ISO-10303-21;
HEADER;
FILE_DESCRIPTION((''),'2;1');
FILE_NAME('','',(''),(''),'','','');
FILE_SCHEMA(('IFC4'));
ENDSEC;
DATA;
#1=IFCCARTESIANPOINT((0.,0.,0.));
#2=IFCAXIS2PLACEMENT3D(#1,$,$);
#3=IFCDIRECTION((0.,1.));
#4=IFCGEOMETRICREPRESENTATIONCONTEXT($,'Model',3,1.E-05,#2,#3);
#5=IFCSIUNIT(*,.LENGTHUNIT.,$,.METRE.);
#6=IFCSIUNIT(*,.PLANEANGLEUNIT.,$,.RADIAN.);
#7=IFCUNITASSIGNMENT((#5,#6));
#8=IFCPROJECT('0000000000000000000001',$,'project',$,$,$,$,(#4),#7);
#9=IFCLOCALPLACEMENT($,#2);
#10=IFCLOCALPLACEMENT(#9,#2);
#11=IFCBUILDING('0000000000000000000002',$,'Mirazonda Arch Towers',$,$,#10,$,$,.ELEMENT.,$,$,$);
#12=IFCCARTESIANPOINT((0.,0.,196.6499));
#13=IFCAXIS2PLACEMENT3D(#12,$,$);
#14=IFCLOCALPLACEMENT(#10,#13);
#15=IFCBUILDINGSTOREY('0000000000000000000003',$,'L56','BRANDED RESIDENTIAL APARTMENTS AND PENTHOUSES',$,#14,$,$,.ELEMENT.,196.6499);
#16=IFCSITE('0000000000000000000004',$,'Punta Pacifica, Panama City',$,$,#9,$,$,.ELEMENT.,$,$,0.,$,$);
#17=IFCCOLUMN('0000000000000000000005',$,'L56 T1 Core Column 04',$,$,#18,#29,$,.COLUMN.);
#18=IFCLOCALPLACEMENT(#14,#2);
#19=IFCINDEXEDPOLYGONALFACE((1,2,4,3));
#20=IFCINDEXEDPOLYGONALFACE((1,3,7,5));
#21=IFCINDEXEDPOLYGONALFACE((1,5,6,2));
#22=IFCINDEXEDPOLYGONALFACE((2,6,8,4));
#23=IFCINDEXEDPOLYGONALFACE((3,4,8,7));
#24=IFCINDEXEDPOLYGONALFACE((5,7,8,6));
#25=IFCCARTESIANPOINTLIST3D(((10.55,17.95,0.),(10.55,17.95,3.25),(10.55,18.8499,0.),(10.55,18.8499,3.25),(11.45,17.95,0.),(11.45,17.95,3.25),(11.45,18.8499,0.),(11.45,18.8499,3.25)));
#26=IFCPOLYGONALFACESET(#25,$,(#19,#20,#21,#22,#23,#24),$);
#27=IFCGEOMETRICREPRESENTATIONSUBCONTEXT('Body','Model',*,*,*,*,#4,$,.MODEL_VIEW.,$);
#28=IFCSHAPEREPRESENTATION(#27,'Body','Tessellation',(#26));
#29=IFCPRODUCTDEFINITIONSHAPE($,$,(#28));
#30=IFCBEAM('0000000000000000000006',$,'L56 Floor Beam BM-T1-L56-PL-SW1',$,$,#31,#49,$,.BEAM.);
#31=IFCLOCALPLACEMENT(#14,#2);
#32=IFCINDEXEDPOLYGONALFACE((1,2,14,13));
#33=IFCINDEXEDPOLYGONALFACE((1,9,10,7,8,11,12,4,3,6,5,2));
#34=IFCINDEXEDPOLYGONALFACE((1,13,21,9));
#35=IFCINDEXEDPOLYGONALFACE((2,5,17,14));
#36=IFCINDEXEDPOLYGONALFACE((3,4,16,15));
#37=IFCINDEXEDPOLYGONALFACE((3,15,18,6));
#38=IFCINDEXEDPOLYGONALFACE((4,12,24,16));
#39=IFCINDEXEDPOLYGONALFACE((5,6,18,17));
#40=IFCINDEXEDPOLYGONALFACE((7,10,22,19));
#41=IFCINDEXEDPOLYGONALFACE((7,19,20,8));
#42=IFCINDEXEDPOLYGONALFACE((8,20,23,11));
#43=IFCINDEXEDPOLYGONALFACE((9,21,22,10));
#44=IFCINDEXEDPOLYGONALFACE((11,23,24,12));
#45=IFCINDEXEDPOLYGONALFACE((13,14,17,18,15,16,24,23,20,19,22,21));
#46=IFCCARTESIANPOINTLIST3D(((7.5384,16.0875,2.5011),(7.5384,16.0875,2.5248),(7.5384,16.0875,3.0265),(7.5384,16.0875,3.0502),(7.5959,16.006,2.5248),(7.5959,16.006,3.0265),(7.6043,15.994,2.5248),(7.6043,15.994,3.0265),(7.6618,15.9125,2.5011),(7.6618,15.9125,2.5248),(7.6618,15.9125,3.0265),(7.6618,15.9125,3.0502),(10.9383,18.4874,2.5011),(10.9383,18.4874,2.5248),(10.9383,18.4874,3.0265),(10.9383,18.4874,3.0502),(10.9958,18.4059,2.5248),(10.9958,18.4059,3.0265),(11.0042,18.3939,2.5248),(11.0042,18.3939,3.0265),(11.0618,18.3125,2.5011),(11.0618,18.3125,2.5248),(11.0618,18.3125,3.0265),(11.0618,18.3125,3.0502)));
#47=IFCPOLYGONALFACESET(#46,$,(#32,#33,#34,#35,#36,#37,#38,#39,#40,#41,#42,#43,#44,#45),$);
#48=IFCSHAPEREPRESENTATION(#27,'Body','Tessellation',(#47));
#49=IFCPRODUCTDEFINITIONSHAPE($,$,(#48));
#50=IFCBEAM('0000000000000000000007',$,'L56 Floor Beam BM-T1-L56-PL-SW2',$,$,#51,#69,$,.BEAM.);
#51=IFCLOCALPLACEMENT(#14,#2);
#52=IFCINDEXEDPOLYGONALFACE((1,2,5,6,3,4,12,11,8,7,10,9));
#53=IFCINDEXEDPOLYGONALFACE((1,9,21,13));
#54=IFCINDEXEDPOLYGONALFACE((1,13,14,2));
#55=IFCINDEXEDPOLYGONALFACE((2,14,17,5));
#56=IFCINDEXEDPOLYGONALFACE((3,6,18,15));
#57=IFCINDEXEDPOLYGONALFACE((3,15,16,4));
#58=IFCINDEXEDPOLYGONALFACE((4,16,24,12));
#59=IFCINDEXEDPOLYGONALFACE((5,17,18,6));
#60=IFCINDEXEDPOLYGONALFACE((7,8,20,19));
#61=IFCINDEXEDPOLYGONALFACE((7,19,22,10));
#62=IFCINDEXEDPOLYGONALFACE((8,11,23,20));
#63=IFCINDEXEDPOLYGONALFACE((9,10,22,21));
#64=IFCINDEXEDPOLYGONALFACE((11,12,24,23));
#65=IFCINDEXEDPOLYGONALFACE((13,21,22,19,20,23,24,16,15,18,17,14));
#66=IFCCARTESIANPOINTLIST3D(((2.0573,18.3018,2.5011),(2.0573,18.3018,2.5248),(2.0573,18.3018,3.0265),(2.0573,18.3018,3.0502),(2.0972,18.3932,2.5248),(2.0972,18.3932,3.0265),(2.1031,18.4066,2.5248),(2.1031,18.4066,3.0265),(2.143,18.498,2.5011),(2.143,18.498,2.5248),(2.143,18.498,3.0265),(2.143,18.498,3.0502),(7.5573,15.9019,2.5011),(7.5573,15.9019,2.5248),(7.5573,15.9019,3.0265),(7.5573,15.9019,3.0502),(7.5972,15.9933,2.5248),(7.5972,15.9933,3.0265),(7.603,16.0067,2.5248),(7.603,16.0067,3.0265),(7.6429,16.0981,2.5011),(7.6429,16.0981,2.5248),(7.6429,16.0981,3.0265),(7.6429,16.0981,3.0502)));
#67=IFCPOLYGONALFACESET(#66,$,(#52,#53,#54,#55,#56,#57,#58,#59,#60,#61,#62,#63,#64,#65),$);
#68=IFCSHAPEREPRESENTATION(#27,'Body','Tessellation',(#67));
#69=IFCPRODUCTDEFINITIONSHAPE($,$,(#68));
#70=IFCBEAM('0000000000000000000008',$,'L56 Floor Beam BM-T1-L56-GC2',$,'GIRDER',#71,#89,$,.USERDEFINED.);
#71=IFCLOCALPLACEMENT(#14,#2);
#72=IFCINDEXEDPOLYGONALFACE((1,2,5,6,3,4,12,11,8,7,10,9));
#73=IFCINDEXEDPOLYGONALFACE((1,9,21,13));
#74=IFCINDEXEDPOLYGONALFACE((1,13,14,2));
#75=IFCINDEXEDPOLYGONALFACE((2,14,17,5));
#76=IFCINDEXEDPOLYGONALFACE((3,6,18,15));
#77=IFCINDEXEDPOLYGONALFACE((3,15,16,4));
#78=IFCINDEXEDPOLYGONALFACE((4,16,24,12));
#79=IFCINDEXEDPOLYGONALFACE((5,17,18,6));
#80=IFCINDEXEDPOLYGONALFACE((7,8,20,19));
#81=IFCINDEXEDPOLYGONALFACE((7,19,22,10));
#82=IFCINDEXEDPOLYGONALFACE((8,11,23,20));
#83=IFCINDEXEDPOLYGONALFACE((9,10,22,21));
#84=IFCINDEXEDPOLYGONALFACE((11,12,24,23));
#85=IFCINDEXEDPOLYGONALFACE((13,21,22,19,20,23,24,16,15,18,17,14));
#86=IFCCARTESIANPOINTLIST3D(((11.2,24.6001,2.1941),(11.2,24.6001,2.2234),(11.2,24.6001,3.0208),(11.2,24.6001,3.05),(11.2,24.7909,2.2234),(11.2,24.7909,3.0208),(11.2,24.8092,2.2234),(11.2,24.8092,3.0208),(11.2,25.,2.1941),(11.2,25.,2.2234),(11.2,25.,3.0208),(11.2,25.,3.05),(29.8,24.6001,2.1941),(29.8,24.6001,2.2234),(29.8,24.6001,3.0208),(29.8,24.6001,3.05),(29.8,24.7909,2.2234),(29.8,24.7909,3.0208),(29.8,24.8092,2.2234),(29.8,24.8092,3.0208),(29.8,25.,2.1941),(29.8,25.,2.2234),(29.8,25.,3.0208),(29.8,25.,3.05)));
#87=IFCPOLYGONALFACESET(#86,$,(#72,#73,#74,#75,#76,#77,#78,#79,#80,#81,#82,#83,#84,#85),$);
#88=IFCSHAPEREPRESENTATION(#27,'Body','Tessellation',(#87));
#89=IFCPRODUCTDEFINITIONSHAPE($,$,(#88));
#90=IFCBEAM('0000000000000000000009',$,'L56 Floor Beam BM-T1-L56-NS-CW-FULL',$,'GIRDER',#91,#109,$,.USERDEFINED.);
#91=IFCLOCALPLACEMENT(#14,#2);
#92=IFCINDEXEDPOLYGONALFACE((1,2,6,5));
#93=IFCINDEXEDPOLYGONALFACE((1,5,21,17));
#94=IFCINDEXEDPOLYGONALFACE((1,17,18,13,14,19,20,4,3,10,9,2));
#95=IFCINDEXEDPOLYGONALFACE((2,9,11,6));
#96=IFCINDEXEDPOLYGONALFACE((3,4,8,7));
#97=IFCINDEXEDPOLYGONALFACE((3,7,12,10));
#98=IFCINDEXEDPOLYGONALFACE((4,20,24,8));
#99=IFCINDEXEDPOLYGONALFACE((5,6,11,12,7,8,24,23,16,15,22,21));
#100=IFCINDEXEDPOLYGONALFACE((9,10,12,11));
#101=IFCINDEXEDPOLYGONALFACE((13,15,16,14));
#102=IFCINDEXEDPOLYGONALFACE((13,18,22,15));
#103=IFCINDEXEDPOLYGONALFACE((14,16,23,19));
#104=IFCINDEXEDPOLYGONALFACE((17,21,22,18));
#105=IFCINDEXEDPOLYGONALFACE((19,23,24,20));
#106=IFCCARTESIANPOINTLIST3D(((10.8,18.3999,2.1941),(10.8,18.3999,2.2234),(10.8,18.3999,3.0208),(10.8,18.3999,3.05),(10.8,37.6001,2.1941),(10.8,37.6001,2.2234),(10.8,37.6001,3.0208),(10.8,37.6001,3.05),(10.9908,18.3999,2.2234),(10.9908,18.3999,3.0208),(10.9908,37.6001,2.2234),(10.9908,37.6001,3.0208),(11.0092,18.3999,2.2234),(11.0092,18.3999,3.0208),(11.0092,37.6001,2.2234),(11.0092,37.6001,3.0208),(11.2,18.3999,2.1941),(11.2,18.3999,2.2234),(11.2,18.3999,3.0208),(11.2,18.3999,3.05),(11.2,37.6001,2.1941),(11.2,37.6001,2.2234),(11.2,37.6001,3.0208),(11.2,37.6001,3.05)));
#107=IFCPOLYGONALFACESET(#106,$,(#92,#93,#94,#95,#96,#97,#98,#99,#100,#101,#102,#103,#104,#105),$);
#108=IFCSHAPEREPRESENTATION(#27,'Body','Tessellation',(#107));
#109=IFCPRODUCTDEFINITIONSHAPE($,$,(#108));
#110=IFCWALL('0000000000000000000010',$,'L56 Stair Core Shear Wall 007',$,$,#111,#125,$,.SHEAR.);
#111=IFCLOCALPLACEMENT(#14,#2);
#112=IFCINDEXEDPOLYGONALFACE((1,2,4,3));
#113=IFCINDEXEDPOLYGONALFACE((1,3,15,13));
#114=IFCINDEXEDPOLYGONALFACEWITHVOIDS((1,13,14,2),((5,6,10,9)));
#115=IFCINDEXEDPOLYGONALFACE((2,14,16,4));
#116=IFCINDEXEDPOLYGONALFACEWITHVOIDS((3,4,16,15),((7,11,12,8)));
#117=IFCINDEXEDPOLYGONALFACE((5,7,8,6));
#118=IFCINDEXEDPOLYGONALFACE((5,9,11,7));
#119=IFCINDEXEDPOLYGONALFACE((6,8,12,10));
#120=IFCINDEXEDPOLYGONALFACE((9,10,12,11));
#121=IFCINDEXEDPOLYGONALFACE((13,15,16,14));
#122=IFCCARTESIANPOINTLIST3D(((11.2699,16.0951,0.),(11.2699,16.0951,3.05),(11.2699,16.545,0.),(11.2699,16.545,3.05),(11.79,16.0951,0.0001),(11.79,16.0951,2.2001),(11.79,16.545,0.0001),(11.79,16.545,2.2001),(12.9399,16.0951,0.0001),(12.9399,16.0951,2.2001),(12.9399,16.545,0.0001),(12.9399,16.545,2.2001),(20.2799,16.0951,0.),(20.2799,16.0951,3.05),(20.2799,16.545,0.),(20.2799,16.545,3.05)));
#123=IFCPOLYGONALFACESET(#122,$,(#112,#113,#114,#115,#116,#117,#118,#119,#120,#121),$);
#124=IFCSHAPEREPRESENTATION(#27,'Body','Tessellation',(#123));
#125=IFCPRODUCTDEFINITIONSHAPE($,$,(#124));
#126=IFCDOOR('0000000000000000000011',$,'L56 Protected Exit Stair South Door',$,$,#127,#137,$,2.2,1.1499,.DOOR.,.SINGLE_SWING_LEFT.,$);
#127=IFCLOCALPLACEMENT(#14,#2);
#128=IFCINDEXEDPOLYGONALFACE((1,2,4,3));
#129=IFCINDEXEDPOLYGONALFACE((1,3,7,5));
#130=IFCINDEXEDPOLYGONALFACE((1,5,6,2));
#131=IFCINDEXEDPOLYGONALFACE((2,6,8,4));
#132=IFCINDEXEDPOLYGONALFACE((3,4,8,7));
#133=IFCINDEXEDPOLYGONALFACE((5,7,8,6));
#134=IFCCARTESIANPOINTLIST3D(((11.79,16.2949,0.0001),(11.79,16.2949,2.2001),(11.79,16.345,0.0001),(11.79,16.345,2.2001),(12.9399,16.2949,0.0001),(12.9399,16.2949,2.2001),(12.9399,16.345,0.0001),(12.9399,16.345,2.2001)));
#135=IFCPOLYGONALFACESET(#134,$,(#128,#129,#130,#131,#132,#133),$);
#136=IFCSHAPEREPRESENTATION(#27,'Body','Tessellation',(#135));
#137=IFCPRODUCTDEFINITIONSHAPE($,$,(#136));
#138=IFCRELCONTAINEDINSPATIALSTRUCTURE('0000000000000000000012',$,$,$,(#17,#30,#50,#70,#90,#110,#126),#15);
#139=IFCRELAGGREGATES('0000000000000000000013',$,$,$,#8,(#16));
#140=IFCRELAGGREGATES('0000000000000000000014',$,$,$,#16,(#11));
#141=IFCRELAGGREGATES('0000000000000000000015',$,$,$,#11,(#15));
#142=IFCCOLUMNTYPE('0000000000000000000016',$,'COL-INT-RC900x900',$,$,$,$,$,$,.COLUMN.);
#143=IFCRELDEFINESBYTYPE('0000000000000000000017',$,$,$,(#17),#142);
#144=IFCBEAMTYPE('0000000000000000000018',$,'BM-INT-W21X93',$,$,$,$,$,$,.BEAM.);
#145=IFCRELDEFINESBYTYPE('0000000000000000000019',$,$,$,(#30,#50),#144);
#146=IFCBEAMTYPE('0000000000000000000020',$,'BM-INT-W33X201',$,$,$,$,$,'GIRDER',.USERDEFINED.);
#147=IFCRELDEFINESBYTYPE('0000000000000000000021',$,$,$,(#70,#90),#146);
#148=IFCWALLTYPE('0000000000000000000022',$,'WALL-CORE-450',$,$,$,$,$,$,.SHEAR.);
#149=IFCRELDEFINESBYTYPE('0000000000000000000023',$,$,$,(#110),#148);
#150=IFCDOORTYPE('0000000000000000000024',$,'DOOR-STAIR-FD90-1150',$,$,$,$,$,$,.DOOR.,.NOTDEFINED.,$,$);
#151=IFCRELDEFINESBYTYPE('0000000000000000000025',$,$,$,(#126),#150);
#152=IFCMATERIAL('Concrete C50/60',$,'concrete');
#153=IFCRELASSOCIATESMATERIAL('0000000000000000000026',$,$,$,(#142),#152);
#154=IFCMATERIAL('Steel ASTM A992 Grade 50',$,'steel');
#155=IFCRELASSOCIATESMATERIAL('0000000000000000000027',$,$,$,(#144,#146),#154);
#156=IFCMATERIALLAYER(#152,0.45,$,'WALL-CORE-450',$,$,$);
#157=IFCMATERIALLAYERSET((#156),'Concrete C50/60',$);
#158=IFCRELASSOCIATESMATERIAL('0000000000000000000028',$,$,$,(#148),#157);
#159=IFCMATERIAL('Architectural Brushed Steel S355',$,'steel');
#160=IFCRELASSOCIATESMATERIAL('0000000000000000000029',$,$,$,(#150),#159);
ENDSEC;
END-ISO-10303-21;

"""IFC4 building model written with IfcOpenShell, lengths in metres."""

from ifc_helpers import new_model, si_unit, direction, frame, frame_2d, origin, origin_2d, place, context, subcontext, project, spatial, rectangle, i_section, extrude, material, layer, layer_set, material_profile, profile_set, type_object, element, fill, save


model = new_model("IFC4")

# Units and contexts
model_context = context("Model", 3, precision=1e-05, world=origin(), true_north=direction((0.0, 1.0)))
body_context = subcontext(model_context, "Body", "Model", "MODEL_VIEW")
ifc_project = project(units=[si_unit("LENGTHUNIT", "METRE"), si_unit("PLANEANGLEUNIT", "RADIAN")], contexts=[model_context])

# Site, building, storey
site_placement = place(None, origin())
site = spatial("IfcSite", under=ifc_project, at=site_placement, Name="Punta Pacifica, Panama City", CompositionType="ELEMENT", RefElevation=0.0)
building_placement = place(site_placement, origin())
building = spatial("IfcBuilding", under=site, at=building_placement, Name="Mirazonda Arch Towers", CompositionType="ELEMENT")
storey_placement = place(building_placement, frame((0.0, 0.0, 196.6499)))
storey = spatial("IfcBuildingStorey", under=building, at=storey_placement, Name="L56", Description="BRANDED RESIDENTIAL APARTMENTS AND PENTHOUSES", CompositionType="ELEMENT", Elevation=196.6499)

# Column
ifc_material_1 = material(Name="Concrete C50/60", Category="concrete")
ifc_material_profile_1 = material_profile(ifc_material_1, rectangle(XDim=0.8999, YDim=0.8999, at=origin_2d()), Name="RC900x900")
ifc_profile_set_1 = profile_set([ifc_material_profile_1], Name="Concrete C50/60")
column_type = type_object("IfcColumnType", Name="COL-INT-RC900x900", PredefinedType="COLUMN", material=ifc_profile_set_1)
column_placement = place(storey_placement, frame((11.0, 18.3999, 0.0), z_axis=(0.0, 0.0, 1.0), x_axis=(1.0, 0.0, 0.0)))
element("IfcColumn", 1, at=column_placement, inside=storey, type_object=column_type, Name="L56 T1 Core Column 04", PredefinedType="COLUMN", context=body_context, shape_type="SweptSolid", body=[
    extrude(rectangle(XDim=0.8999, YDim=0.8999, at=origin_2d()), origin(), (0.0, 0.0, 1.0), 3.25),
])

# Beams
ifc_material_2 = material(Name="Steel ASTM A992 Grade 50", Category="steel")
ifc_material_profile_2 = material_profile(ifc_material_2, i_section(OverallWidth=0.2141, OverallDepth=0.5491, WebThickness=0.0146, FlangeThickness=0.0237, at=origin_2d()), Name="W21X93")
ifc_profile_set_2 = profile_set([ifc_material_profile_2], Name="Steel ASTM A992 Grade 50")
beam_type_1 = type_object("IfcBeamType", Name="BM-INT-W21X93", PredefinedType="BEAM", material=ifc_profile_set_2)
beam_1_placement = place(storey_placement, frame((7.6001, 16.0, 2.7756), z_axis=(0.816971, 0.576679, 0.0), x_axis=(-0.576679, 0.816971, 0.0)))
element("IfcBeam", 2, at=beam_1_placement, inside=storey, type_object=beam_type_1, Name="L56 Floor Beam BM-T1-L56-PL-SW1", PredefinedType="BEAM", context=body_context, shape_type="SweptSolid", body=[
    extrude(i_section(OverallWidth=0.2141, OverallDepth=0.5491, WebThickness=0.0146, FlangeThickness=0.0237, at=origin_2d()), origin(), (0.0, 0.0, 1.0), 4.1616),
])
beam_2_placement = place(storey_placement, frame((7.6001, 16.0, 2.7756), z_axis=(-0.916545, 0.399931, 0.0), x_axis=(-0.399931, -0.916545, 0.0)))
element("IfcBeam", 3, at=beam_2_placement, inside=storey, type_object=beam_type_1, Name="L56 Floor Beam BM-T1-L56-PL-SW2", PredefinedType="BEAM", context=body_context, shape_type="SweptSolid", body=[
    extrude(i_section(OverallWidth=0.2141, OverallDepth=0.5491, WebThickness=0.0146, FlangeThickness=0.0237, at=origin_2d()), origin(), (0.0, 0.0, 1.0), 6.0007),
])
ifc_material_profile_3 = material_profile(ifc_material_2, i_section(OverallWidth=0.3999, OverallDepth=0.856, WebThickness=0.0183, FlangeThickness=0.0293, at=origin_2d()), Name="W33X201")
ifc_profile_set_3 = profile_set([ifc_material_profile_3], Name="Steel ASTM A992 Grade 50")
beam_type_2 = type_object("IfcBeamType", Name="BM-INT-W33X201", ElementType="GIRDER", PredefinedType="USERDEFINED", material=ifc_profile_set_3)
beam_3_placement = place(storey_placement, frame((11.2, 24.8, 2.6221), z_axis=(1.0, 0.0, 0.0), x_axis=(0.0, 1.0, 0.0)))
element("IfcBeam", 4, at=beam_3_placement, inside=storey, type_object=beam_type_2, Name="L56 Floor Beam BM-T1-L56-GC2", ObjectType="GIRDER", PredefinedType="USERDEFINED", context=body_context, shape_type="SweptSolid", body=[
    extrude(i_section(OverallWidth=0.3999, OverallDepth=0.856, WebThickness=0.0183, FlangeThickness=0.0293, at=origin_2d()), origin(), (0.0, 0.0, 1.0), 18.6001),
])
beam_4_placement = place(storey_placement, frame((11.0, 18.3999, 2.6221), z_axis=(0.0, 1.0, 0.0), x_axis=(-1.0, 0.0, 0.0)))
element("IfcBeam", 5, at=beam_4_placement, inside=storey, type_object=beam_type_2, Name="L56 Floor Beam BM-T1-L56-NS-CW-FULL", ObjectType="GIRDER", PredefinedType="USERDEFINED", context=body_context, shape_type="SweptSolid", body=[
    extrude(i_section(OverallWidth=0.3999, OverallDepth=0.856, WebThickness=0.0183, FlangeThickness=0.0293, at=origin_2d()), origin(), (0.0, 0.0, 1.0), 19.2002),
])

# Wall, opening, door
ifc_layer_1 = layer(ifc_material_1, 0.45, Name="WALL-CORE-450")
ifc_layer_set_1 = layer_set([ifc_layer_1], Name="Concrete C50/60")
wall_type_1 = type_object("IfcWallType", Name="WALL-CORE-450", PredefinedType="SHEAR", material=ifc_layer_set_1)
wall_1_placement = place(storey_placement, frame((11.27, 16.3201, 0.0), z_axis=(0.0, 0.0, 1.0), x_axis=(1.0, 0.0, 0.0)))
wall_1 = element("IfcWall", 6, at=wall_1_placement, inside=storey, type_object=wall_type_1, Name="L56 Stair Core Shear Wall 007", PredefinedType="SHEAR", context=body_context, shape_type="SweptSolid", body=[
    extrude(rectangle(XDim=9.01, YDim=0.45, at=frame_2d((4.5049, 0.0))), origin(), (0.0, 0.0, 1.0), 3.05),
])
opening_1_placement = place(wall_1_placement, frame((0.52, 0.0, 0.0)))
opening_1 = element("IfcOpeningElement", 7, at=opening_1_placement, cuts=wall_1, PredefinedType="OPENING", context=body_context, shape_type="SweptSolid", body=[
    extrude(rectangle(XDim=1.1499, YDim=2.2, at=frame_2d((0.575, 1.1001))), frame((0.0, 0.2349, 0.0), z_axis=(0.0, -1.0, 0.0), x_axis=(1.0, 0.0, 0.0)), (0.0, 0.0, 1.0), 0.47),
])
ifc_material_3 = material(Name="Architectural Brushed Steel S355", Category="steel")
door_type_1 = type_object("IfcDoorType", Name="DOOR-STAIR-FD90-1150", OperationType="NOTDEFINED", PredefinedType="DOOR", material=ifc_material_3)
door_1_placement = place(opening_1_placement, origin())
door_1 = element("IfcDoor", 8, at=door_1_placement, inside=storey, type_object=door_type_1, Name="L56 Protected Exit Stair South Door", OperationType="SINGLE_SWING_LEFT", OverallHeight=2.2, OverallWidth=1.1499, PredefinedType="DOOR", context=body_context, shape_type="SweptSolid", body=[
    extrude(rectangle(XDim=1.1499, YDim=2.2, at=frame_2d((0.575, 1.1001))), frame((0.0, 0.0249, 0.0), z_axis=(0.0, -1.0, 0.0), x_axis=(1.0, 0.0, 0.0)), (0.0, 0.0, 1.0), 0.05),
])
fill(opening_1, door_1)

save(model, "model.ifc")
